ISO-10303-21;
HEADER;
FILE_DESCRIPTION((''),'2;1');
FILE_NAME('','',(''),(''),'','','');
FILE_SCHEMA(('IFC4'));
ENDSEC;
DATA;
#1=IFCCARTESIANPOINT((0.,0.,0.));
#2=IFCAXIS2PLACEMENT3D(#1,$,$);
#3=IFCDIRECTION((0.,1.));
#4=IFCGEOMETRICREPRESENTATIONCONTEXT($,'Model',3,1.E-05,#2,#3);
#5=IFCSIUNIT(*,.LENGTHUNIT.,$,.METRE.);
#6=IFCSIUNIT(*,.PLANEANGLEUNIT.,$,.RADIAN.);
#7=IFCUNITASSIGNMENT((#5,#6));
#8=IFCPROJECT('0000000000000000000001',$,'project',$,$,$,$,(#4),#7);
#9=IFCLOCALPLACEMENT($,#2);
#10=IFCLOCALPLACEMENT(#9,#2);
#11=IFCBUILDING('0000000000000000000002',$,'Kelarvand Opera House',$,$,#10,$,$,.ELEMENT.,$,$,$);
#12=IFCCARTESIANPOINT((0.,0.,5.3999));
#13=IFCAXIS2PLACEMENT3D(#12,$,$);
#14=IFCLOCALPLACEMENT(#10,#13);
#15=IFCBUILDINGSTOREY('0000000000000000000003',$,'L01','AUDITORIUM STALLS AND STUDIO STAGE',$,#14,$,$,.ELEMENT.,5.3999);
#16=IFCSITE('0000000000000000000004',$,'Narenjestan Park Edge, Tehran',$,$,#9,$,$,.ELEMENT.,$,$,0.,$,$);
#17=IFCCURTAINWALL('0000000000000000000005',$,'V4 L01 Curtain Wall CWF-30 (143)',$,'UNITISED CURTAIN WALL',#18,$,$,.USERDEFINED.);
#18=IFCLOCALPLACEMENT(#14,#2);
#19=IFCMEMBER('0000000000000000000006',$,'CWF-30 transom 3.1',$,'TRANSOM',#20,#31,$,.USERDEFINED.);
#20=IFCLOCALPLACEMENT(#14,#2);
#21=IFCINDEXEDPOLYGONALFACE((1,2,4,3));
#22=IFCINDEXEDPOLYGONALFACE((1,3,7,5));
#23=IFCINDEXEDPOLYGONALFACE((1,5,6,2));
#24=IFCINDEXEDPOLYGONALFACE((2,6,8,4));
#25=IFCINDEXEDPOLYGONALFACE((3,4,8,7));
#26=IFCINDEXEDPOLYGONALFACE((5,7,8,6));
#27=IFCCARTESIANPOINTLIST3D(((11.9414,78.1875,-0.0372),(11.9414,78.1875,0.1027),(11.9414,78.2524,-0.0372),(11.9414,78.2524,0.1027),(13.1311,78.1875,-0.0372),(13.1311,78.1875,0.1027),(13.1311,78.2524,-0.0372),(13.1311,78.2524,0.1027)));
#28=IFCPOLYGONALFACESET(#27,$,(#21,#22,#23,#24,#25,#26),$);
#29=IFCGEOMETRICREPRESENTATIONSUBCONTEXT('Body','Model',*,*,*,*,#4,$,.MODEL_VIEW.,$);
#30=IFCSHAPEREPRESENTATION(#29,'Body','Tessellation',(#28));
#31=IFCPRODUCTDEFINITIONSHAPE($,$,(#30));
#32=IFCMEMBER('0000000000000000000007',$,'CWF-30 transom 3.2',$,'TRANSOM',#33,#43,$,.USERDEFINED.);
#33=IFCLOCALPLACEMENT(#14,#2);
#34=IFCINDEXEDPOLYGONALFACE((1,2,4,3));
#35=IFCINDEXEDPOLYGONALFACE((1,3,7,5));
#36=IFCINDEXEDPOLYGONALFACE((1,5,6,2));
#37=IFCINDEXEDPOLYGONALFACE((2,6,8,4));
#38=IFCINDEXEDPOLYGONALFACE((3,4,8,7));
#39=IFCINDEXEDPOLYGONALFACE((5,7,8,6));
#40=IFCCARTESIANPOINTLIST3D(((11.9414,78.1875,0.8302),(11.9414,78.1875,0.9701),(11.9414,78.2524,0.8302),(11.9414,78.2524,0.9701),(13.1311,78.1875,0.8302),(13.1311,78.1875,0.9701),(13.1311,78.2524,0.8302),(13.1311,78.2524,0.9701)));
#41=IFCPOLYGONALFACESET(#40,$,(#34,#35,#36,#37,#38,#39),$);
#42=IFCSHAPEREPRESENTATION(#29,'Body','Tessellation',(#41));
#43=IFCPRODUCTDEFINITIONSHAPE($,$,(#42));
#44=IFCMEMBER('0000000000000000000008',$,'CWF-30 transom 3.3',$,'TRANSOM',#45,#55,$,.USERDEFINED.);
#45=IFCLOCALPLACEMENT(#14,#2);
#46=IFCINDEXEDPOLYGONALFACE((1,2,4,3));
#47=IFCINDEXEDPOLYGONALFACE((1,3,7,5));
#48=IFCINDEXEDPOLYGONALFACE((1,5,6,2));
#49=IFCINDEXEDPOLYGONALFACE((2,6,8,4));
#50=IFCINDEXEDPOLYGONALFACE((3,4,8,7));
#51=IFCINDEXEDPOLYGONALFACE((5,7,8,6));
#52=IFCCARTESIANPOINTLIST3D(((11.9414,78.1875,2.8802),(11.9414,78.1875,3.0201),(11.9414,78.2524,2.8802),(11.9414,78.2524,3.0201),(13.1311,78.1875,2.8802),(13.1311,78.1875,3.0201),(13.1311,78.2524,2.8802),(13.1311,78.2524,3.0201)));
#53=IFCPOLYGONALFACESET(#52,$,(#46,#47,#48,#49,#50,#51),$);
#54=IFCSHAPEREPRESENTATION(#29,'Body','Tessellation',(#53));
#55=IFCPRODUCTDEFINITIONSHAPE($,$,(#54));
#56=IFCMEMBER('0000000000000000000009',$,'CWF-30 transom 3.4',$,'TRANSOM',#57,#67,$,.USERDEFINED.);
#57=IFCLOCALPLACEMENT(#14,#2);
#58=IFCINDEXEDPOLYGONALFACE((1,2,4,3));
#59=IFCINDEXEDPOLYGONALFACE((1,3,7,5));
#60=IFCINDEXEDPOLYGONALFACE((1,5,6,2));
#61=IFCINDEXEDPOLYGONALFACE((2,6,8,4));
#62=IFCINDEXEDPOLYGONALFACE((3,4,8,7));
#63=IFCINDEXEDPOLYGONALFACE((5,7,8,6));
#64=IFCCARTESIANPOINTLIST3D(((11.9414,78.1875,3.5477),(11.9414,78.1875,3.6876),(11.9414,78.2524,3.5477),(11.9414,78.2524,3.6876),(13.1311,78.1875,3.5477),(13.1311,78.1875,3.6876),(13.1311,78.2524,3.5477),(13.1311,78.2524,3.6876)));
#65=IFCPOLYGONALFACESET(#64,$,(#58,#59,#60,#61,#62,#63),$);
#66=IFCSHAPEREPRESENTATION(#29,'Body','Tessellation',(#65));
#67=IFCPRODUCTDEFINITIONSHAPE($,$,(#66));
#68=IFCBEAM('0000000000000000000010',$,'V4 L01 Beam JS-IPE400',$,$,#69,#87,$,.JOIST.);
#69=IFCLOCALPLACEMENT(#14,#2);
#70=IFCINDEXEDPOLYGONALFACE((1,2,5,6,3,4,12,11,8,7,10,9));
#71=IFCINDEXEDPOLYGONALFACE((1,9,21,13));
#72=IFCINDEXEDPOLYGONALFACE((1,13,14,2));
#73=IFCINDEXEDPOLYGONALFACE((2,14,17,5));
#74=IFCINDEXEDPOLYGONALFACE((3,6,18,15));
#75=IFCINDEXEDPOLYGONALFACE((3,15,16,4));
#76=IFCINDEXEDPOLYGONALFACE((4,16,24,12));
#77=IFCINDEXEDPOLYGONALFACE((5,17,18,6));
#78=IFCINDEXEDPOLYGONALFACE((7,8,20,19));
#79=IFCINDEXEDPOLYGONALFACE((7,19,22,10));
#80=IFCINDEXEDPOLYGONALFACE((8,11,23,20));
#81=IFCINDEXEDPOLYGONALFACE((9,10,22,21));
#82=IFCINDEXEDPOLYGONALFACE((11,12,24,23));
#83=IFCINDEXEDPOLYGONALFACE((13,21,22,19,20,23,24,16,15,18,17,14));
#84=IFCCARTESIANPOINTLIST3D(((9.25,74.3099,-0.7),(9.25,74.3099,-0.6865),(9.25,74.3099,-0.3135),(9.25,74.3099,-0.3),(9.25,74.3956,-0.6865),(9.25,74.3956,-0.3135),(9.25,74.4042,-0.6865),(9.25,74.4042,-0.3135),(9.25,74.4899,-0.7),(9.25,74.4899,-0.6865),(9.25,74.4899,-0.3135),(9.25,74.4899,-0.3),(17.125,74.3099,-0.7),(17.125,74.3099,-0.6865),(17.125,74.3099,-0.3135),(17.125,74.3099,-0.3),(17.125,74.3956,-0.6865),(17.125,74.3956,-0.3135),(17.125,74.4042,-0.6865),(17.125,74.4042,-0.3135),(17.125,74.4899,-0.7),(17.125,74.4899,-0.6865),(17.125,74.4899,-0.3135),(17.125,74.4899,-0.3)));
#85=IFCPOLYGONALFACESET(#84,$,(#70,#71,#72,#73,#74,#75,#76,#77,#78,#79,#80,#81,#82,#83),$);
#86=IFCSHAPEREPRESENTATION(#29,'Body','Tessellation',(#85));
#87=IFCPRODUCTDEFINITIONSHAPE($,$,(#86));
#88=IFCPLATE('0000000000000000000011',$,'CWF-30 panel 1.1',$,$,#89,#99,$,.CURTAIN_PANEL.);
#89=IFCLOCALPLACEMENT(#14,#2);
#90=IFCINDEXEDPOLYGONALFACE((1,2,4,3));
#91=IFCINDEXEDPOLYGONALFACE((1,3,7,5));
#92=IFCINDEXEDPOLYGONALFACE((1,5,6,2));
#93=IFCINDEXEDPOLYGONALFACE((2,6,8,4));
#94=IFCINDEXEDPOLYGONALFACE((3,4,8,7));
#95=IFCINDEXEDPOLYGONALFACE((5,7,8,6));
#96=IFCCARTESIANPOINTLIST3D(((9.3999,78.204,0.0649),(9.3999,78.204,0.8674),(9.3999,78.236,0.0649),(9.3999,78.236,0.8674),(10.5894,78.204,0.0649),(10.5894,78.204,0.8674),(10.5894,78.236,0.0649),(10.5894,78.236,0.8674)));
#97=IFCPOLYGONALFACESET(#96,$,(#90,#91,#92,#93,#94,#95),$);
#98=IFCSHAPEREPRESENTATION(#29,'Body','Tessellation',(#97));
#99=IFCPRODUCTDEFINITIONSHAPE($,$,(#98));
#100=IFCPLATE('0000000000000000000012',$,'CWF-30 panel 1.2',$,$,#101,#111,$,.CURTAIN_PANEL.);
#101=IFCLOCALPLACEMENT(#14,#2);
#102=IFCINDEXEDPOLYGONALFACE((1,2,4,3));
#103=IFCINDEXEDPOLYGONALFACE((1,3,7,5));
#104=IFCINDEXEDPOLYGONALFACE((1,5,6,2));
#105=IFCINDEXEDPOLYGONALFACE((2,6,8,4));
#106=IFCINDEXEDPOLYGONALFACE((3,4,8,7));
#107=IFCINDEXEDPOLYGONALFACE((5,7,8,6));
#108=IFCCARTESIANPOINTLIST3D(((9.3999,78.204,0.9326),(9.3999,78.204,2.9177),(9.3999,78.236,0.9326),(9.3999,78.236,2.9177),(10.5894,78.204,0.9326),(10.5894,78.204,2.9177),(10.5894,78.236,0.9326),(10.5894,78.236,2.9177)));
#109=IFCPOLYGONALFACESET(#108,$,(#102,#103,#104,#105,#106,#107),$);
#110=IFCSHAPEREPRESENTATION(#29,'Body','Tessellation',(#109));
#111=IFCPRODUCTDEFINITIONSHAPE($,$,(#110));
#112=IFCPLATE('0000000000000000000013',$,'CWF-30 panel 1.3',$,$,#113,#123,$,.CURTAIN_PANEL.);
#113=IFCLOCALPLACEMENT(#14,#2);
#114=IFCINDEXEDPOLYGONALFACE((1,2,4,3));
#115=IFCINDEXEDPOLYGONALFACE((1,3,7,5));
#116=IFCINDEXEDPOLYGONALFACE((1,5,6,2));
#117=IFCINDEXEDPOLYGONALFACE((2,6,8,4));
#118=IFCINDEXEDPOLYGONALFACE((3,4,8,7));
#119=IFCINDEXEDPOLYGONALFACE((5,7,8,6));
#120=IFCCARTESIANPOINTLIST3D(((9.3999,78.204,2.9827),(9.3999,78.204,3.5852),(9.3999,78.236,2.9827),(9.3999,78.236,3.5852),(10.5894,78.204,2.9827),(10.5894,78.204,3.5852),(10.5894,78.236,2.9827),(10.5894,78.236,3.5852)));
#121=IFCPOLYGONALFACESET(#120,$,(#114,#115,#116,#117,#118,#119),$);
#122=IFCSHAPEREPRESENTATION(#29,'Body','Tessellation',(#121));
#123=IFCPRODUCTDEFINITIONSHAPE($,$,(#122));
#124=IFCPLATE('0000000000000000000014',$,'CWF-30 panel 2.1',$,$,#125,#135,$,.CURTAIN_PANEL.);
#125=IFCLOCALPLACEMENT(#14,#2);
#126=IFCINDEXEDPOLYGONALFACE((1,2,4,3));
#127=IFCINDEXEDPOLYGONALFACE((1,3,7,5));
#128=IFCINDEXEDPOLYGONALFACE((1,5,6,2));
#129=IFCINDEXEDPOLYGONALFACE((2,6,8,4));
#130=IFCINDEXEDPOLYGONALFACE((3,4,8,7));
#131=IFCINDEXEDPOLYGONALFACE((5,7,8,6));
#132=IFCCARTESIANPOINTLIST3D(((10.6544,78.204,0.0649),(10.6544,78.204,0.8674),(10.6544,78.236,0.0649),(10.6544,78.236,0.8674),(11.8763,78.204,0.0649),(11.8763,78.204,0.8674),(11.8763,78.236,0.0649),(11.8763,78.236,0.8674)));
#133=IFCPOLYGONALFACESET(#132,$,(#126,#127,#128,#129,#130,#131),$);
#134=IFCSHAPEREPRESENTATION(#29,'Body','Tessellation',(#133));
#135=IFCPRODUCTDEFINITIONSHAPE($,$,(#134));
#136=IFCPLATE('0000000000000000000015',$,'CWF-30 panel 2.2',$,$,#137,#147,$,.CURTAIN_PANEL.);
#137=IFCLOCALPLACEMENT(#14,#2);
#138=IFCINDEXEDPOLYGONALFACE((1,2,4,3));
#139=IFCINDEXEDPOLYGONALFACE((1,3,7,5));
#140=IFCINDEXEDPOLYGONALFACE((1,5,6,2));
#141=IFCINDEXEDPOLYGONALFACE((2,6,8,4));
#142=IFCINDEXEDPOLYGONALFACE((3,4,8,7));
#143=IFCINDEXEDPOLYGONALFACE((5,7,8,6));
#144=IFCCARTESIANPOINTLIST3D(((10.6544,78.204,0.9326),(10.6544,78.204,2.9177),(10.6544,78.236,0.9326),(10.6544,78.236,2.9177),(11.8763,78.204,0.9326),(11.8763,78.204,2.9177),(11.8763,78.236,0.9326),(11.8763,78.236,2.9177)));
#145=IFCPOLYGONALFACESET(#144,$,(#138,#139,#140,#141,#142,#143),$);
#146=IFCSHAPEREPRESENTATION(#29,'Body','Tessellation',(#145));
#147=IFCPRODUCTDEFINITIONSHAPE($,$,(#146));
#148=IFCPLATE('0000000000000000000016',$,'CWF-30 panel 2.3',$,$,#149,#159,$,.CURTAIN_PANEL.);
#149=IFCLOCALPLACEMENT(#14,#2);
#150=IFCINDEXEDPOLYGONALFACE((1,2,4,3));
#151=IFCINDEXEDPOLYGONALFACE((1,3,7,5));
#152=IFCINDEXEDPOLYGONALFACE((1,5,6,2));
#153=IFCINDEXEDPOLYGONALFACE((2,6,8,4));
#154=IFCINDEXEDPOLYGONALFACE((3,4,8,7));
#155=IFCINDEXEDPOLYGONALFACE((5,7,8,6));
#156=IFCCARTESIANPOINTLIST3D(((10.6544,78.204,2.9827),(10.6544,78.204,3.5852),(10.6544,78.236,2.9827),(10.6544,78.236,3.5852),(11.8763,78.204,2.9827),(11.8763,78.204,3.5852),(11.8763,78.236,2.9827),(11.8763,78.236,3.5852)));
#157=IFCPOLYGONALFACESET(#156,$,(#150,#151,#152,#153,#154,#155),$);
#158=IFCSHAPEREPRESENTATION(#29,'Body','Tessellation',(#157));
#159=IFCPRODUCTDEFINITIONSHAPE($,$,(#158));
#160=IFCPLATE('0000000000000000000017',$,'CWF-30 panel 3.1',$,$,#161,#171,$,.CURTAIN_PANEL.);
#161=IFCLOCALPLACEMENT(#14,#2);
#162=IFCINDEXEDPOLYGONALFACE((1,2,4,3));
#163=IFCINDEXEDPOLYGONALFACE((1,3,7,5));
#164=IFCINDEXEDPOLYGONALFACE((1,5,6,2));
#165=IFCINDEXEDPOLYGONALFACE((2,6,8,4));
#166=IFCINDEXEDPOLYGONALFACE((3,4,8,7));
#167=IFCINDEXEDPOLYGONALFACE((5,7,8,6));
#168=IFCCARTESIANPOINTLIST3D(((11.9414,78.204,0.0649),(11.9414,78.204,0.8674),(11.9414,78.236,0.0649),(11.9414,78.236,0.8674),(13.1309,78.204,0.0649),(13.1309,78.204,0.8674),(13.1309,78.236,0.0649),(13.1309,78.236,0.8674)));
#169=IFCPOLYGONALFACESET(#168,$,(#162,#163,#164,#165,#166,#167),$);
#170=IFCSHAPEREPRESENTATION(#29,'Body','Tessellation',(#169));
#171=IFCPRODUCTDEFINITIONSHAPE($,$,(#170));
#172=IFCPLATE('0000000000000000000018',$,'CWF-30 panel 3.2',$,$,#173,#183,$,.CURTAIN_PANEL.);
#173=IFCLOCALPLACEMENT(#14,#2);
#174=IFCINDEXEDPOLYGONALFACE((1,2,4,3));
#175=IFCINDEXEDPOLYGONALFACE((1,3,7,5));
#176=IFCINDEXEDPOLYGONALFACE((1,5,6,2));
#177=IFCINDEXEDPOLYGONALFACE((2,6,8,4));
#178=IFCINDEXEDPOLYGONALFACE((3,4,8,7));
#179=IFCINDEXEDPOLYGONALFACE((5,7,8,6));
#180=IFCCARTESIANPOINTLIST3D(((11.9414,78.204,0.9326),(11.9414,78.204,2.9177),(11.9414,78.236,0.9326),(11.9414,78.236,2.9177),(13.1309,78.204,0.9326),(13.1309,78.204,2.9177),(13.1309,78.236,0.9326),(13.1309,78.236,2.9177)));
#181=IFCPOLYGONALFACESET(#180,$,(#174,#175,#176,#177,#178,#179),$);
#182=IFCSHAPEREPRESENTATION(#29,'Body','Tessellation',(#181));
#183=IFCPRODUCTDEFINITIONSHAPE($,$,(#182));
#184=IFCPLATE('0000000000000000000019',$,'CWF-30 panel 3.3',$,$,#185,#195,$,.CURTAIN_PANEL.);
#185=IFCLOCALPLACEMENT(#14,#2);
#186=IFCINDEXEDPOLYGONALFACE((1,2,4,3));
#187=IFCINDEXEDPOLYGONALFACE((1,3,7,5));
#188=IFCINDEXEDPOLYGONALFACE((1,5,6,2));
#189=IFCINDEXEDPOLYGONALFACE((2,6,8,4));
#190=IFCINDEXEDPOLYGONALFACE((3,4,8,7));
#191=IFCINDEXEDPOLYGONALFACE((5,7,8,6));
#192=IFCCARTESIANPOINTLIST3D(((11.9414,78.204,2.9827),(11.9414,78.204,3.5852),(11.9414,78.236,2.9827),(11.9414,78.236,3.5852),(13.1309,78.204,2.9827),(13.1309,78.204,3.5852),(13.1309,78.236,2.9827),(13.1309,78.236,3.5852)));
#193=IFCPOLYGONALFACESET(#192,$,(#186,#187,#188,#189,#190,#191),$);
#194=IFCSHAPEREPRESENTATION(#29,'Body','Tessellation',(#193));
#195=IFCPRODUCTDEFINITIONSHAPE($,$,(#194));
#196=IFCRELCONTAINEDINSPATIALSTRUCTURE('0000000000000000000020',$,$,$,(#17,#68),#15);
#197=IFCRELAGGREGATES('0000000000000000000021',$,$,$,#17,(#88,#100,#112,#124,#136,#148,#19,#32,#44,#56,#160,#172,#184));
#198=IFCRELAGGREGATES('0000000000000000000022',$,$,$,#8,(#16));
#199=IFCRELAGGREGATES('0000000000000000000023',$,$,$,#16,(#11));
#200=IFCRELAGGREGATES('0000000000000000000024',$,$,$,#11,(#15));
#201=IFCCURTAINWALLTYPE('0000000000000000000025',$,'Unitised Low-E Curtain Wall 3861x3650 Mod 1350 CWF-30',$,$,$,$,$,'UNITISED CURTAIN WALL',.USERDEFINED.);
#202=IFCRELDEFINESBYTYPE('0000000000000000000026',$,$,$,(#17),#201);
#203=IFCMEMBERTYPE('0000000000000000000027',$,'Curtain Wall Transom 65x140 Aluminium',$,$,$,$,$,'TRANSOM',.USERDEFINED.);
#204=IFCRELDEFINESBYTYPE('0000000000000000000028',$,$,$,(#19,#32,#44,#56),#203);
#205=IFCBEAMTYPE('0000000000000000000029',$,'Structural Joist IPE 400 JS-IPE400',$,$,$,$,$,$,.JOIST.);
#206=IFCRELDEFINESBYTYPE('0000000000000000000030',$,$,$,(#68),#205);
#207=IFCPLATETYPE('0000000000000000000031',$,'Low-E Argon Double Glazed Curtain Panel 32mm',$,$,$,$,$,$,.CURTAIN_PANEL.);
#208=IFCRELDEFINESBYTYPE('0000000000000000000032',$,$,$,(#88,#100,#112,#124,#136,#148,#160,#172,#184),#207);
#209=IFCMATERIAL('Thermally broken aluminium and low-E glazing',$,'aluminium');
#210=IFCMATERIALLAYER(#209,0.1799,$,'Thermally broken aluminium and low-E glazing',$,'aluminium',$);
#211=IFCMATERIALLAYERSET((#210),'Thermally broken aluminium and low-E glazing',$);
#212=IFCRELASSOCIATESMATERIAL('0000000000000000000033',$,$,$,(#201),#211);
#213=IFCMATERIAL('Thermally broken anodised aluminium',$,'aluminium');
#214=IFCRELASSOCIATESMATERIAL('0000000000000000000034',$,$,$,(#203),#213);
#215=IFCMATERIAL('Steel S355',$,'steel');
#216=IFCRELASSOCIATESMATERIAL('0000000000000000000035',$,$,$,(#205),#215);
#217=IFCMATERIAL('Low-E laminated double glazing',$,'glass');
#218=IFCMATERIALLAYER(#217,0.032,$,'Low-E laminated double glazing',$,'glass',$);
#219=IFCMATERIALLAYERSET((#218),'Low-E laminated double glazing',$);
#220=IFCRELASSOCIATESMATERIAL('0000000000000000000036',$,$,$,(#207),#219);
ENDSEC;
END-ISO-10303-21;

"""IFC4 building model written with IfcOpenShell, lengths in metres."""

from ifc_helpers import new_model, si_unit, direction, frame, origin, origin_2d, place, context, subcontext, project, spatial, rectangle, i_section, extrude, material, layer, layer_set, material_profile, profile_set, type_object, element, aggregate, save


model = new_model("IFC4")

# Units and contexts
model_context = context("Model", 3, precision=1e-05, world=origin(), true_north=direction((0.0, 1.0)))
body_context = subcontext(model_context, "Body", "Model", "MODEL_VIEW")
ifc_project = project(units=[si_unit("LENGTHUNIT", "METRE"), si_unit("PLANEANGLEUNIT", "RADIAN")], contexts=[model_context])

# Site, building, storey
site_placement = place(None, origin())
site = spatial("IfcSite", under=ifc_project, at=site_placement, Name="Narenjestan Park Edge, Tehran", CompositionType="ELEMENT", RefElevation=0.0)
building_placement = place(site_placement, origin())
building = spatial("IfcBuilding", under=site, at=building_placement, Name="Kelarvand Opera House", CompositionType="ELEMENT")
storey_placement = place(building_placement, frame((0.0, 0.0, 5.3999)))
storey = spatial("IfcBuildingStorey", under=building, at=storey_placement, Name="L01", Description="AUDITORIUM STALLS AND STUDIO STAGE", CompositionType="ELEMENT", Elevation=5.3999)

# Curtain wall
ifc_material_1 = material(Name="Thermally broken aluminium and low-E glazing", Category="aluminium")
ifc_layer_1 = layer(ifc_material_1, 0.1799, Name="Thermally broken aluminium and low-E glazing", Category="aluminium")
ifc_layer_set_1 = layer_set([ifc_layer_1], Name="Thermally broken aluminium and low-E glazing")
curtain_wall_type = type_object("IfcCurtainWallType", Name="Unitised Low-E Curtain Wall 3861x3650 Mod 1350 CWF-30", ElementType="UNITISED CURTAIN WALL", PredefinedType="USERDEFINED", material=ifc_layer_set_1)
curtain_wall_1_placement = place(storey_placement, origin())
curtain_wall_1 = element("IfcCurtainWall", 1, at=curtain_wall_1_placement, inside=storey, type_object=curtain_wall_type, Name="V4 L01 Curtain Wall CWF-30 (143)", ObjectType="UNITISED CURTAIN WALL", PredefinedType="USERDEFINED")
ifc_material_2 = material(Name="Thermally broken anodised aluminium", Category="aluminium")

# Members
ifc_material_profile_1 = material_profile(ifc_material_2, rectangle(XDim=0.0649, YDim=0.1399, at=origin_2d()), Name="ALU TRANSOM 65x140", Category="aluminium")
ifc_profile_set_1 = profile_set([ifc_material_profile_1], Name="Thermally broken anodised aluminium")
member_type_1 = type_object("IfcMemberType", Name="Curtain Wall Transom 65x140 Aluminium", ElementType="TRANSOM", PredefinedType="USERDEFINED", material=ifc_profile_set_1)
member_1_placement = place(storey_placement, frame((11.9414, 78.22, 0.0327), z_axis=(1.0, 0.0, 0.0), x_axis=(0.0, 1.0, 0.0)))
member_1 = element("IfcMember", 2, at=member_1_placement, type_object=member_type_1, Name="CWF-30 transom 3.1", ObjectType="TRANSOM", PredefinedType="USERDEFINED", context=body_context, shape_type="SweptSolid", body=[
    extrude(rectangle(XDim=0.0649, YDim=0.1399, at=origin_2d()), origin(), (0.0, 0.0, 1.0), 1.1897),
])
member_2_placement = place(storey_placement, frame((11.9414, 78.22, 0.9001), z_axis=(1.0, 0.0, 0.0), x_axis=(0.0, 1.0, 0.0)))
member_2 = element("IfcMember", 3, at=member_2_placement, type_object=member_type_1, Name="CWF-30 transom 3.2", ObjectType="TRANSOM", PredefinedType="USERDEFINED", context=body_context, shape_type="SweptSolid", body=[
    extrude(rectangle(XDim=0.0649, YDim=0.1399, at=origin_2d()), origin(), (0.0, 0.0, 1.0), 1.1897),
])
member_3_placement = place(storey_placement, frame((11.9414, 78.22, 2.9502), z_axis=(1.0, 0.0, 0.0), x_axis=(0.0, 1.0, 0.0)))
member_3 = element("IfcMember", 4, at=member_3_placement, type_object=member_type_1, Name="CWF-30 transom 3.3", ObjectType="TRANSOM", PredefinedType="USERDEFINED", context=body_context, shape_type="SweptSolid", body=[
    extrude(rectangle(XDim=0.0649, YDim=0.1399, at=origin_2d()), origin(), (0.0, 0.0, 1.0), 1.1897),
])
member_4_placement = place(storey_placement, frame((11.9414, 78.22, 3.6177), z_axis=(1.0, 0.0, 0.0), x_axis=(0.0, 1.0, 0.0)))
member_4 = element("IfcMember", 5, at=member_4_placement, type_object=member_type_1, Name="CWF-30 transom 3.4", ObjectType="TRANSOM", PredefinedType="USERDEFINED", context=body_context, shape_type="SweptSolid", body=[
    extrude(rectangle(XDim=0.0649, YDim=0.1399, at=origin_2d()), origin(), (0.0, 0.0, 1.0), 1.1897),
])

# Beam
ifc_material_3 = material(Name="Steel S355", Category="steel")
ifc_material_profile_2 = material_profile(ifc_material_3, i_section(OverallWidth=0.1799, OverallDepth=0.3999, WebThickness=0.0085, FlangeThickness=0.0134, at=origin_2d()), Name="IPE 400", Category="steel")
ifc_profile_set_2 = profile_set([ifc_material_profile_2], Name="Steel S355")
beam_type = type_object("IfcBeamType", Name="Structural Joist IPE 400 JS-IPE400", PredefinedType="JOIST", material=ifc_profile_set_2)
beam_placement = place(storey_placement, frame((9.25, 74.3999, -0.5), z_axis=(1.0, 0.0, 0.0), x_axis=(0.0, 1.0, 0.0)))
element("IfcBeam", 6, at=beam_placement, inside=storey, type_object=beam_type, Name="V4 L01 Beam JS-IPE400", PredefinedType="JOIST", context=body_context, shape_type="SweptSolid", body=[
    extrude(i_section(OverallWidth=0.1799, OverallDepth=0.3999, WebThickness=0.0085, FlangeThickness=0.0134, at=origin_2d()), origin(), (0.0, 0.0, 1.0), 7.875),
])

# Plates
ifc_material_4 = material(Name="Low-E laminated double glazing", Category="glass")
ifc_layer_2 = layer(ifc_material_4, 0.032, Name="Low-E laminated double glazing", Category="glass")
ifc_layer_set_2 = layer_set([ifc_layer_2], Name="Low-E laminated double glazing")
plate_type = type_object("IfcPlateType", Name="Low-E Argon Double Glazed Curtain Panel 32mm", PredefinedType="CURTAIN_PANEL", material=ifc_layer_set_2)
plate_1_placement = place(storey_placement, frame((9.9946, 78.22, 0.0649), z_axis=(0.0, 0.0, 1.0), x_axis=(1.0, 0.0, 0.0)))
plate_1 = element("IfcPlate", 7, at=plate_1_placement, type_object=plate_type, Name="CWF-30 panel 1.1", PredefinedType="CURTAIN_PANEL", context=body_context, shape_type="SweptSolid", body=[
    extrude(rectangle(XDim=1.1895, YDim=0.032, at=origin_2d()), origin(), (0.0, 0.0, 1.0), 0.8025),
])
plate_2_placement = place(storey_placement, frame((9.9946, 78.22, 0.9326), z_axis=(0.0, 0.0, 1.0), x_axis=(1.0, 0.0, 0.0)))
plate_2 = element("IfcPlate", 8, at=plate_2_placement, type_object=plate_type, Name="CWF-30 panel 1.2", PredefinedType="CURTAIN_PANEL", context=body_context, shape_type="SweptSolid", body=[
    extrude(rectangle(XDim=1.1895, YDim=0.032, at=origin_2d()), origin(), (0.0, 0.0, 1.0), 1.9851),
])
plate_3_placement = place(storey_placement, frame((9.9946, 78.22, 2.9827), z_axis=(0.0, 0.0, 1.0), x_axis=(1.0, 0.0, 0.0)))
plate_3 = element("IfcPlate", 9, at=plate_3_placement, type_object=plate_type, Name="CWF-30 panel 1.3", PredefinedType="CURTAIN_PANEL", context=body_context, shape_type="SweptSolid", body=[
    extrude(rectangle(XDim=1.1895, YDim=0.032, at=origin_2d()), origin(), (0.0, 0.0, 1.0), 0.6025),
])
plate_4_placement = place(storey_placement, frame((11.2654, 78.22, 0.0649), z_axis=(0.0, 0.0, 1.0), x_axis=(1.0, 0.0, 0.0)))
plate_4 = element("IfcPlate", 10, at=plate_4_placement, type_object=plate_type, Name="CWF-30 panel 2.1", PredefinedType="CURTAIN_PANEL", context=body_context, shape_type="SweptSolid", body=[
    extrude(rectangle(XDim=1.2219, YDim=0.032, at=origin_2d()), origin(), (0.0, 0.0, 1.0), 0.8025),
])
plate_5_placement = place(storey_placement, frame((11.2654, 78.22, 0.9326), z_axis=(0.0, 0.0, 1.0), x_axis=(1.0, 0.0, 0.0)))
plate_5 = element("IfcPlate", 11, at=plate_5_placement, type_object=plate_type, Name="CWF-30 panel 2.2", PredefinedType="CURTAIN_PANEL", context=body_context, shape_type="SweptSolid", body=[
    extrude(rectangle(XDim=1.2219, YDim=0.032, at=origin_2d()), origin(), (0.0, 0.0, 1.0), 1.9851),
])
plate_6_placement = place(storey_placement, frame((11.2654, 78.22, 2.9827), z_axis=(0.0, 0.0, 1.0), x_axis=(1.0, 0.0, 0.0)))
plate_6 = element("IfcPlate", 12, at=plate_6_placement, type_object=plate_type, Name="CWF-30 panel 2.3", PredefinedType="CURTAIN_PANEL", context=body_context, shape_type="SweptSolid", body=[
    extrude(rectangle(XDim=1.2219, YDim=0.032, at=origin_2d()), origin(), (0.0, 0.0, 1.0), 0.6025),
])
plate_7_placement = place(storey_placement, frame((12.5361, 78.22, 0.0649), z_axis=(0.0, 0.0, 1.0), x_axis=(1.0, 0.0, 0.0)))
plate_7 = element("IfcPlate", 13, at=plate_7_placement, type_object=plate_type, Name="CWF-30 panel 3.1", PredefinedType="CURTAIN_PANEL", context=body_context, shape_type="SweptSolid", body=[
    extrude(rectangle(XDim=1.1895, YDim=0.032, at=origin_2d()), origin(), (0.0, 0.0, 1.0), 0.8025),
])
plate_8_placement = place(storey_placement, frame((12.5361, 78.22, 0.9326), z_axis=(0.0, 0.0, 1.0), x_axis=(1.0, 0.0, 0.0)))
plate_8 = element("IfcPlate", 14, at=plate_8_placement, type_object=plate_type, Name="CWF-30 panel 3.2", PredefinedType="CURTAIN_PANEL", context=body_context, shape_type="SweptSolid", body=[
    extrude(rectangle(XDim=1.1895, YDim=0.032, at=origin_2d()), origin(), (0.0, 0.0, 1.0), 1.9851),
])
plate_9_placement = place(storey_placement, frame((12.5361, 78.22, 2.9827), z_axis=(0.0, 0.0, 1.0), x_axis=(1.0, 0.0, 0.0)))
plate_9 = element("IfcPlate", 15, at=plate_9_placement, type_object=plate_type, Name="CWF-30 panel 3.3", PredefinedType="CURTAIN_PANEL", context=body_context, shape_type="SweptSolid", body=[
    extrude(rectangle(XDim=1.1895, YDim=0.032, at=origin_2d()), origin(), (0.0, 0.0, 1.0), 0.6025),
])
aggregate(curtain_wall_1, [plate_1, plate_2, plate_3, plate_4, plate_5, plate_6, member_1, member_2, member_3, member_4, plate_7, plate_8, plate_9])

save(model, "model.ifc")
